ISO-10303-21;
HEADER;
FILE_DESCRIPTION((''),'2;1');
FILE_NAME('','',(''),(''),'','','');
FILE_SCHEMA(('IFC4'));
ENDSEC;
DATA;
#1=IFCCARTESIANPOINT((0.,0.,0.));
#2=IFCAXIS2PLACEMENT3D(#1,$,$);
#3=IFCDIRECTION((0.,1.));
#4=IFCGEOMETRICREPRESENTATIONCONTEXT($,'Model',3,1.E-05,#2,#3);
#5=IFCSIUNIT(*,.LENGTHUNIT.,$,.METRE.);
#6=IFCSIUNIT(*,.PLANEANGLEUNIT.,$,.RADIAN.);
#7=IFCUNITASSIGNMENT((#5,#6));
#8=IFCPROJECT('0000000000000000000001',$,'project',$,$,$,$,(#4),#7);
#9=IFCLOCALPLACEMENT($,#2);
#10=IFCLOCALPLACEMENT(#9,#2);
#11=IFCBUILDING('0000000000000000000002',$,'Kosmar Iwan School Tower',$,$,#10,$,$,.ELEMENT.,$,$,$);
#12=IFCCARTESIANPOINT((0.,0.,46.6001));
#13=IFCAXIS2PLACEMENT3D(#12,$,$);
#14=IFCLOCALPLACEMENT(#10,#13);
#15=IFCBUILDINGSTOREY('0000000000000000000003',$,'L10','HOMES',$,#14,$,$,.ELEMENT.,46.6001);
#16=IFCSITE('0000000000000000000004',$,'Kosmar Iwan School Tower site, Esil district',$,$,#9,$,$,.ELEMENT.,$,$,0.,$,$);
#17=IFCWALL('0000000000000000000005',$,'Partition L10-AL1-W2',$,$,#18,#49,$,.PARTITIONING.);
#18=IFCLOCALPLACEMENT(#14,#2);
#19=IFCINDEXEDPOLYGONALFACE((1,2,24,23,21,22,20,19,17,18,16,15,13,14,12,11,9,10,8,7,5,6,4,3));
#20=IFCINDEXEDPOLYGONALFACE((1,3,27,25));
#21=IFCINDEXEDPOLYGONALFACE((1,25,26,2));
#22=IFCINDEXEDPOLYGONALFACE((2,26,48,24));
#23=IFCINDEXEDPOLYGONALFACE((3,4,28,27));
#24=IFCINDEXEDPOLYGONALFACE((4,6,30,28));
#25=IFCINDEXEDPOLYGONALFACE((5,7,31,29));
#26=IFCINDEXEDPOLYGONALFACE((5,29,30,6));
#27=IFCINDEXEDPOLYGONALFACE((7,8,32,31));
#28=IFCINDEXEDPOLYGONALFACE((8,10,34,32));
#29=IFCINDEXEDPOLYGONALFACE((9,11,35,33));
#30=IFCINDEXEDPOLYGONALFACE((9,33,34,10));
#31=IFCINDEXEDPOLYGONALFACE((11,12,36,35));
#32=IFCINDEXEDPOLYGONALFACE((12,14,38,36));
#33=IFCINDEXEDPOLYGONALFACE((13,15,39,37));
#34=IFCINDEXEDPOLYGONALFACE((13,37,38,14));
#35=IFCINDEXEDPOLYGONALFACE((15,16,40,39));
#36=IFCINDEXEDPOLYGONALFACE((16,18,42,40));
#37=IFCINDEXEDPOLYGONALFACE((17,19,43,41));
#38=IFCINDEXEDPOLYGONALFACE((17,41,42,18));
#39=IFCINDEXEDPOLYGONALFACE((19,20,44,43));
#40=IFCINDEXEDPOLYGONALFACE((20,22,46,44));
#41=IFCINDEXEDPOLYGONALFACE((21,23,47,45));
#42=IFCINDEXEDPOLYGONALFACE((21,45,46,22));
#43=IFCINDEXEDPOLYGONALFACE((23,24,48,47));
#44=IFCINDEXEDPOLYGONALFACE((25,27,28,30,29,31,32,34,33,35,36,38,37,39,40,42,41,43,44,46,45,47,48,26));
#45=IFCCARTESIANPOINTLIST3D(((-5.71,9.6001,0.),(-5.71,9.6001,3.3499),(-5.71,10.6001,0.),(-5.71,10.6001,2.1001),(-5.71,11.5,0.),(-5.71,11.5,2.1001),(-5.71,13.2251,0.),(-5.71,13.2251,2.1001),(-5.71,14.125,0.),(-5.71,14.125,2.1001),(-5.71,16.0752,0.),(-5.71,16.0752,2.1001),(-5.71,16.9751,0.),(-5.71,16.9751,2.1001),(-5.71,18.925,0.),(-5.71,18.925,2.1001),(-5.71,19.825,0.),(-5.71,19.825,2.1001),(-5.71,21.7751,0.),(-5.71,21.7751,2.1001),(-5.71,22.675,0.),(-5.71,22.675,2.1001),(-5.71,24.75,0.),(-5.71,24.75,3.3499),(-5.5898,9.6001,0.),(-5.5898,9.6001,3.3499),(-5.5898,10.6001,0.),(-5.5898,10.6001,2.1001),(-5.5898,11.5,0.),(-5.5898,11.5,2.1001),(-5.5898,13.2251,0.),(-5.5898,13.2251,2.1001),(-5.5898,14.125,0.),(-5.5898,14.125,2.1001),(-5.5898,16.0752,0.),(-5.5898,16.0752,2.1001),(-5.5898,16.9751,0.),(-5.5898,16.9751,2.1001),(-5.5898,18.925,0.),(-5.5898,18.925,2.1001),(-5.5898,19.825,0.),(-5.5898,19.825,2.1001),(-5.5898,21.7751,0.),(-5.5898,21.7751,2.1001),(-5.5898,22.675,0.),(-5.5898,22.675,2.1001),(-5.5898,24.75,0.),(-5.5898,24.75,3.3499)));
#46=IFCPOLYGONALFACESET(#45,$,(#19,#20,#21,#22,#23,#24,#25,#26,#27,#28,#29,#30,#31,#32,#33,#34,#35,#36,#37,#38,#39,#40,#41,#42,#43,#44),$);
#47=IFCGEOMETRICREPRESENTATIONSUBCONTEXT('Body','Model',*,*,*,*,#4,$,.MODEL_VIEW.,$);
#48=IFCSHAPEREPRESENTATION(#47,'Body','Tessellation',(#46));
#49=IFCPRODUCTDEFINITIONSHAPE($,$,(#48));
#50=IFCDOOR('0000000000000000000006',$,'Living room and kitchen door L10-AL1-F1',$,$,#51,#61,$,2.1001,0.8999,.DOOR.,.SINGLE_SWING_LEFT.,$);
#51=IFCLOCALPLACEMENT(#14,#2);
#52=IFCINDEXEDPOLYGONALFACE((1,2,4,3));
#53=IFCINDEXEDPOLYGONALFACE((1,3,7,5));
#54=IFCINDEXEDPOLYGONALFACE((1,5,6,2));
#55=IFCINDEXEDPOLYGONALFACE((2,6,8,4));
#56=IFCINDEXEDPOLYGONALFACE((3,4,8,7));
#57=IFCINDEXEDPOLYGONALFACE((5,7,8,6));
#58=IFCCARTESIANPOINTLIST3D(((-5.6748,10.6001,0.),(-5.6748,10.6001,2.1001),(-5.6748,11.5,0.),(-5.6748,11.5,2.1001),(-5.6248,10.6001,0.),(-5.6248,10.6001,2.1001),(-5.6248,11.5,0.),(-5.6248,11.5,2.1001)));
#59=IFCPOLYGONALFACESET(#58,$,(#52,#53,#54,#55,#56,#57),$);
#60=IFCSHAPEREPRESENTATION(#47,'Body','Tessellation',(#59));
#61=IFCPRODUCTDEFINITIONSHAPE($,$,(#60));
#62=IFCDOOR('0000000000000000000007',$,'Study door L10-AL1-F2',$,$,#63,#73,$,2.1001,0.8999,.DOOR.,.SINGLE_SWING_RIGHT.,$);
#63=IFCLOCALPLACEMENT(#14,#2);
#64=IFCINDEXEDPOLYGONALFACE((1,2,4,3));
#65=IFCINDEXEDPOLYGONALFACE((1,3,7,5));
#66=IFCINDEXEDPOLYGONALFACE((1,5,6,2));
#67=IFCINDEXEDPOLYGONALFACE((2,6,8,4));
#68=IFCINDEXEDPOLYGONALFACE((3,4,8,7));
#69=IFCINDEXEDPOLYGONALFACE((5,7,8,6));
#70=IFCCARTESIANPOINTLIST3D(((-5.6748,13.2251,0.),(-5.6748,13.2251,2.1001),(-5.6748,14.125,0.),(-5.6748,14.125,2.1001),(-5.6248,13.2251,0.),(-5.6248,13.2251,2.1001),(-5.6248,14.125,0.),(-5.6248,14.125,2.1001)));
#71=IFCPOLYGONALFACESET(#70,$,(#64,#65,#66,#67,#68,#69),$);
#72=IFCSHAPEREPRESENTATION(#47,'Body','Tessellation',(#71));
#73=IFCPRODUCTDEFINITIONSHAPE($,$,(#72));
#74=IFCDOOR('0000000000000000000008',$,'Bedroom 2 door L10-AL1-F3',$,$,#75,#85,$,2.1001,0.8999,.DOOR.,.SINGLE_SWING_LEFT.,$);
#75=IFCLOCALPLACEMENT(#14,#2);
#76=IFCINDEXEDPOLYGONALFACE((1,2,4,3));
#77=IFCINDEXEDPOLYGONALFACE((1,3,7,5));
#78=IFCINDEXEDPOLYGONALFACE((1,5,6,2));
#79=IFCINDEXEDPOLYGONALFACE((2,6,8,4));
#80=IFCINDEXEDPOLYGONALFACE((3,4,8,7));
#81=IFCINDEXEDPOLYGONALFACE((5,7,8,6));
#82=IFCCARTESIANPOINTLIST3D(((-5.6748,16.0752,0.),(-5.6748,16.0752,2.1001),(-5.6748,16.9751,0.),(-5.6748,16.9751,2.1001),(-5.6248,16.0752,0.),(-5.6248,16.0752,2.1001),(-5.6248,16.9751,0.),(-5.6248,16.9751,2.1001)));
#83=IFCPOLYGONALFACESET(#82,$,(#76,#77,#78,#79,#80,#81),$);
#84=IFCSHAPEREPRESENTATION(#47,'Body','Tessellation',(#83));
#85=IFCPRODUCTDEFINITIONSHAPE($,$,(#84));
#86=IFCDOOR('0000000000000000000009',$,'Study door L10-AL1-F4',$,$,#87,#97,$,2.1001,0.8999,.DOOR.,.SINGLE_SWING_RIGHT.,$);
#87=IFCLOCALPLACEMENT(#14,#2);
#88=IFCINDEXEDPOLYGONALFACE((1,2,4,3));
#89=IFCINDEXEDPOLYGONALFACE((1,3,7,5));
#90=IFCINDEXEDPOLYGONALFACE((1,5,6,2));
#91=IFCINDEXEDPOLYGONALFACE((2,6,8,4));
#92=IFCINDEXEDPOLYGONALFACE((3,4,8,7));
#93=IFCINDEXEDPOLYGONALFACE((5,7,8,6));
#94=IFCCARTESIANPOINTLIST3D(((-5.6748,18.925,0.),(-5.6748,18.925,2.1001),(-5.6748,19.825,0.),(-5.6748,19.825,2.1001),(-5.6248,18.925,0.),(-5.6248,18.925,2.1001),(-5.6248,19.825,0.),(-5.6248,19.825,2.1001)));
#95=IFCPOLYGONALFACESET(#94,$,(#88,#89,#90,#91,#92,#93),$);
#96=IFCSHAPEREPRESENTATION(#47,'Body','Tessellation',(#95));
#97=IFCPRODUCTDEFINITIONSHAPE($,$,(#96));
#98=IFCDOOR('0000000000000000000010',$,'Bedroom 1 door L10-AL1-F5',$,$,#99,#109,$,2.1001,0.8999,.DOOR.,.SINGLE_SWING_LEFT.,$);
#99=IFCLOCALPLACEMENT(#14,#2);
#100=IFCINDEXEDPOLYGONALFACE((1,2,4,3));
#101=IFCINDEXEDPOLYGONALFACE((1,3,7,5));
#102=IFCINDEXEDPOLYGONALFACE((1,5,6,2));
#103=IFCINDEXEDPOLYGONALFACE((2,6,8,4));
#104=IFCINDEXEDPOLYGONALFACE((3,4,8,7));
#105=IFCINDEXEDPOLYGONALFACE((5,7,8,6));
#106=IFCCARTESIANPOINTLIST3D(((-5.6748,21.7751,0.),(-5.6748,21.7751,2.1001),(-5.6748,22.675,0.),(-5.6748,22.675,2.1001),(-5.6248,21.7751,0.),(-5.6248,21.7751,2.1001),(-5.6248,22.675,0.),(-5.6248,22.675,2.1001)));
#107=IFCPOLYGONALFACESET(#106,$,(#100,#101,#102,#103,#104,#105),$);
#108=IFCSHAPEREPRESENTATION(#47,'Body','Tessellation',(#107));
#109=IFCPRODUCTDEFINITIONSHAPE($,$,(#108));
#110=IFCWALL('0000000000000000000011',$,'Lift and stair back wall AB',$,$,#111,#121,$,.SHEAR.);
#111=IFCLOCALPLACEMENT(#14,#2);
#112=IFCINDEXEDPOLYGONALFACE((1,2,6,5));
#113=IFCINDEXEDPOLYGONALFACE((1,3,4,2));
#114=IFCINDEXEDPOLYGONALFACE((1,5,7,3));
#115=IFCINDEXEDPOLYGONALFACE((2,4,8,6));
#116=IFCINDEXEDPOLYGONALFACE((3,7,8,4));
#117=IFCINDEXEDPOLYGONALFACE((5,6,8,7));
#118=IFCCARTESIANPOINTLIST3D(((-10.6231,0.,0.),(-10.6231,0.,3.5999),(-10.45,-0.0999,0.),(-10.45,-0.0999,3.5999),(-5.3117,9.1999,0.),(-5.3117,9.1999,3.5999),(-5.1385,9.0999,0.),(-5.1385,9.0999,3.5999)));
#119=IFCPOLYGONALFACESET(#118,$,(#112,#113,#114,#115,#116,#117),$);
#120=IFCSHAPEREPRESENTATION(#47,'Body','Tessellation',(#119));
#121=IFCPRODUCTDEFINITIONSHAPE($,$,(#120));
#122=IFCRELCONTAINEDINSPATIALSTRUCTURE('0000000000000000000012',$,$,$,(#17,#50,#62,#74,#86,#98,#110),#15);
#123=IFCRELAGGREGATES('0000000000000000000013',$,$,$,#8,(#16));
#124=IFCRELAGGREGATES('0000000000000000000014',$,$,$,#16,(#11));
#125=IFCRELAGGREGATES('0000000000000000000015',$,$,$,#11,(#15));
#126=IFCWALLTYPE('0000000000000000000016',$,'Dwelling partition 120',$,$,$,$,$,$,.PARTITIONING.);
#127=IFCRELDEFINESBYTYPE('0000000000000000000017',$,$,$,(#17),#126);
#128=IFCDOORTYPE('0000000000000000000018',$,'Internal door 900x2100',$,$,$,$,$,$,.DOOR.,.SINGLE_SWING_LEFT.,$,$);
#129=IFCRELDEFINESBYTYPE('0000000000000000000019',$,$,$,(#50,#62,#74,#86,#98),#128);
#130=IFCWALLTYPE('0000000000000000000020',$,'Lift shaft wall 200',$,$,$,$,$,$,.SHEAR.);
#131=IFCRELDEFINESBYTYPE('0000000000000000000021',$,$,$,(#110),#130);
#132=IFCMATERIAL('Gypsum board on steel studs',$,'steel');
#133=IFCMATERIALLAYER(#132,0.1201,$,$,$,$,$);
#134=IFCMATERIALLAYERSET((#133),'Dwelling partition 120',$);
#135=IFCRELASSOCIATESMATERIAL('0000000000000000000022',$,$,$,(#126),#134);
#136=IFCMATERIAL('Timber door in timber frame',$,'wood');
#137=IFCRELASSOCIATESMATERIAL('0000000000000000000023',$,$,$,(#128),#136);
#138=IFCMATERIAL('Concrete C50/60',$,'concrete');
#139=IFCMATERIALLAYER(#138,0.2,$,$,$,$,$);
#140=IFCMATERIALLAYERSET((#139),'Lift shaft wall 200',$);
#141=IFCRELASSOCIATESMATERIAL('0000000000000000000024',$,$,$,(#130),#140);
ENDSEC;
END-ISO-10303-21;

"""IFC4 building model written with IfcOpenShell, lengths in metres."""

from ifc_helpers import new_model, si_unit, direction, frame, frame_2d, origin, place, context, subcontext, project, spatial, rectangle, extrude, material, layer, layer_set, type_object, element, fill, save


model = new_model("IFC4")

# Units and contexts
model_context = context("Model", 3, precision=1e-05, world=origin(), true_north=direction((0.0, 1.0)))
body_context = subcontext(model_context, "Body", "Model", "MODEL_VIEW")
ifc_project = project(units=[si_unit("LENGTHUNIT", "METRE"), si_unit("PLANEANGLEUNIT", "RADIAN")], contexts=[model_context])

# Site, building, storey
site_placement = place(None, origin())
site = spatial("IfcSite", under=ifc_project, at=site_placement, Name="Kosmar Iwan School Tower site, Esil district", CompositionType="ELEMENT", RefElevation=0.0)
building_placement = place(site_placement, origin())
building = spatial("IfcBuilding", under=site, at=building_placement, Name="Kosmar Iwan School Tower", CompositionType="ELEMENT")
storey_placement = place(building_placement, frame((0.0, 0.0, 46.6001)))
storey = spatial("IfcBuildingStorey", under=building, at=storey_placement, Name="L10", Description="HOMES", CompositionType="ELEMENT", Elevation=46.6001)

# Wall, openings, doors
ifc_material_1 = material(Name="Gypsum board on steel studs", Category="steel")
ifc_layer_1 = layer(ifc_material_1, 0.1201)
ifc_layer_set_1 = layer_set([ifc_layer_1], Name="Dwelling partition 120")
wall_type_1 = type_object("IfcWallType", Name="Dwelling partition 120", PredefinedType="PARTITIONING", material=ifc_layer_set_1)
wall_1_placement = place(storey_placement, frame((-5.6499, 9.6001, 0.0), z_axis=(0.0, 0.0, 1.0), x_axis=(0.0, 1.0, 0.0)))
wall_1 = element("IfcWall", 1, at=wall_1_placement, inside=storey, type_object=wall_type_1, Name="Partition L10-AL1-W2", PredefinedType="PARTITIONING", context=body_context, shape_type="SweptSolid", body=[
    extrude(rectangle(XDim=15.1499, YDim=0.1201, at=frame_2d((7.575, 0.0))), origin(), (0.0, 0.0, 1.0), 3.3499),
])
opening_1_placement = place(wall_1_placement, frame((1.0, 0.0, 0.0)))
opening_1 = element("IfcOpeningElement", 2, at=opening_1_placement, cuts=wall_1, PredefinedType="OPENING", context=body_context, shape_type="SweptSolid", body=[
    extrude(rectangle(XDim=0.8999, YDim=2.1001, at=frame_2d((0.45, 1.05))), frame((0.0, 0.072, 0.0), z_axis=(0.0, -1.0, 0.0), x_axis=(1.0, 0.0, 0.0)), (0.0, 0.0, 1.0), 0.144),
])
opening_2_placement = place(wall_1_placement, frame((3.625, 0.0, 0.0)))
opening_2 = element("IfcOpeningElement", 3, at=opening_2_placement, cuts=wall_1, PredefinedType="OPENING", context=body_context, shape_type="SweptSolid", body=[
    extrude(rectangle(XDim=0.8999, YDim=2.1001, at=frame_2d((0.45, 1.05))), frame((0.0, 0.072, 0.0), z_axis=(0.0, -1.0, 0.0), x_axis=(1.0, 0.0, 0.0)), (0.0, 0.0, 1.0), 0.144),
])
opening_3_placement = place(wall_1_placement, frame((6.4751, 0.0, 0.0)))
opening_3 = element("IfcOpeningElement", 4, at=opening_3_placement, cuts=wall_1, PredefinedType="OPENING", context=body_context, shape_type="SweptSolid", body=[
    extrude(rectangle(XDim=0.8999, YDim=2.1001, at=frame_2d((0.45, 1.05))), frame((0.0, 0.072, 0.0), z_axis=(0.0, -1.0, 0.0), x_axis=(1.0, 0.0, 0.0)), (0.0, 0.0, 1.0), 0.144),
])
opening_4_placement = place(wall_1_placement, frame((9.325, 0.0, 0.0)))
opening_4 = element("IfcOpeningElement", 5, at=opening_4_placement, cuts=wall_1, PredefinedType="OPENING", context=body_context, shape_type="SweptSolid", body=[
    extrude(rectangle(XDim=0.8999, YDim=2.1001, at=frame_2d((0.45, 1.05))), frame((0.0, 0.072, 0.0), z_axis=(0.0, -1.0, 0.0), x_axis=(1.0, 0.0, 0.0)), (0.0, 0.0, 1.0), 0.144),
])
opening_5_placement = place(wall_1_placement, frame((12.175, 0.0, 0.0)))
opening_5 = element("IfcOpeningElement", 6, at=opening_5_placement, cuts=wall_1, PredefinedType="OPENING", context=body_context, shape_type="SweptSolid", body=[
    extrude(rectangle(XDim=0.8999, YDim=2.1001, at=frame_2d((0.45, 1.05))), frame((0.0, 0.072, 0.0), z_axis=(0.0, -1.0, 0.0), x_axis=(1.0, 0.0, 0.0)), (0.0, 0.0, 1.0), 0.144),
])
ifc_material_2 = material(Name="Timber door in timber frame", Category="wood")
door_type = type_object("IfcDoorType", Name="Internal door 900x2100", OperationType="SINGLE_SWING_LEFT", PredefinedType="DOOR", material=ifc_material_2)
door_1_placement = place(opening_1_placement, origin())
door_1 = element("IfcDoor", 7, at=door_1_placement, inside=storey, type_object=door_type, Name="Living room and kitchen door L10-AL1-F1", OperationType="SINGLE_SWING_LEFT", OverallHeight=2.1001, OverallWidth=0.8999, PredefinedType="DOOR", context=body_context, shape_type="SweptSolid", body=[
    extrude(rectangle(XDim=0.8999, YDim=2.1001, at=frame_2d((0.45, 1.05))), frame((0.0, 0.0249, 0.0), z_axis=(0.0, -1.0, 0.0), x_axis=(1.0, 0.0, 0.0)), (0.0, 0.0, 1.0), 0.05),
])
fill(opening_1, door_1)
door_2_placement = place(opening_2_placement, origin())
door_2 = element("IfcDoor", 8, at=door_2_placement, inside=storey, type_object=door_type, Name="Study door L10-AL1-F2", OperationType="SINGLE_SWING_RIGHT", OverallHeight=2.1001, OverallWidth=0.8999, PredefinedType="DOOR", context=body_context, shape_type="SweptSolid", body=[
    extrude(rectangle(XDim=0.8999, YDim=2.1001, at=frame_2d((0.45, 1.05))), frame((0.0, 0.0249, 0.0), z_axis=(0.0, -1.0, 0.0), x_axis=(1.0, 0.0, 0.0)), (0.0, 0.0, 1.0), 0.05),
])
fill(opening_2, door_2)
door_3_placement = place(opening_3_placement, origin())
door_3 = element("IfcDoor", 9, at=door_3_placement, inside=storey, type_object=door_type, Name="Bedroom 2 door L10-AL1-F3", OperationType="SINGLE_SWING_LEFT", OverallHeight=2.1001, OverallWidth=0.8999, PredefinedType="DOOR", context=body_context, shape_type="SweptSolid", body=[
    extrude(rectangle(XDim=0.8999, YDim=2.1001, at=frame_2d((0.45, 1.05))), frame((0.0, 0.0249, 0.0), z_axis=(0.0, -1.0, 0.0), x_axis=(1.0, 0.0, 0.0)), (0.0, 0.0, 1.0), 0.05),
])
fill(opening_3, door_3)
door_4_placement = place(opening_4_placement, origin())
door_4 = element("IfcDoor", 10, at=door_4_placement, inside=storey, type_object=door_type, Name="Study door L10-AL1-F4", OperationType="SINGLE_SWING_RIGHT", OverallHeight=2.1001, OverallWidth=0.8999, PredefinedType="DOOR", context=body_context, shape_type="SweptSolid", body=[
    extrude(rectangle(XDim=0.8999, YDim=2.1001, at=frame_2d((0.45, 1.05))), frame((0.0, 0.0249, 0.0), z_axis=(0.0, -1.0, 0.0), x_axis=(1.0, 0.0, 0.0)), (0.0, 0.0, 1.0), 0.05),
])
fill(opening_4, door_4)
door_5_placement = place(opening_5_placement, origin())
door_5 = element("IfcDoor", 11, at=door_5_placement, inside=storey, type_object=door_type, Name="Bedroom 1 door L10-AL1-F5", OperationType="SINGLE_SWING_LEFT", OverallHeight=2.1001, OverallWidth=0.8999, PredefinedType="DOOR", context=body_context, shape_type="SweptSolid", body=[
    extrude(rectangle(XDim=0.8999, YDim=2.1001, at=frame_2d((0.45, 1.05))), frame((0.0, 0.0249, 0.0), z_axis=(0.0, -1.0, 0.0), x_axis=(1.0, 0.0, 0.0)), (0.0, 0.0, 1.0), 0.05),
])
fill(opening_5, door_5)

# Wall
ifc_material_3 = material(Name="Concrete C50/60", Category="concrete")
ifc_layer_2 = layer(ifc_material_3, 0.2)
ifc_layer_set_2 = layer_set([ifc_layer_2], Name="Lift shaft wall 200")
wall_type_2 = type_object("IfcWallType", Name="Lift shaft wall 200", PredefinedType="SHEAR", material=ifc_layer_set_2)
wall_2_placement = place(storey_placement, frame((-5.2251, 9.1499, 0.0), z_axis=(0.0, 0.0, 1.0), x_axis=(-0.499995, -0.866028, 0.0)))
element("IfcWall", 12, at=wall_2_placement, inside=storey, type_object=wall_type_2, Name="Lift and stair back wall AB", PredefinedType="SHEAR", context=body_context, shape_type="SweptSolid", body=[
    extrude(rectangle(XDim=10.623, YDim=0.2, at=frame_2d((5.3115, 0.0))), origin(), (0.0, 0.0, 1.0), 3.5999),
])

save(model, "model.ifc")
